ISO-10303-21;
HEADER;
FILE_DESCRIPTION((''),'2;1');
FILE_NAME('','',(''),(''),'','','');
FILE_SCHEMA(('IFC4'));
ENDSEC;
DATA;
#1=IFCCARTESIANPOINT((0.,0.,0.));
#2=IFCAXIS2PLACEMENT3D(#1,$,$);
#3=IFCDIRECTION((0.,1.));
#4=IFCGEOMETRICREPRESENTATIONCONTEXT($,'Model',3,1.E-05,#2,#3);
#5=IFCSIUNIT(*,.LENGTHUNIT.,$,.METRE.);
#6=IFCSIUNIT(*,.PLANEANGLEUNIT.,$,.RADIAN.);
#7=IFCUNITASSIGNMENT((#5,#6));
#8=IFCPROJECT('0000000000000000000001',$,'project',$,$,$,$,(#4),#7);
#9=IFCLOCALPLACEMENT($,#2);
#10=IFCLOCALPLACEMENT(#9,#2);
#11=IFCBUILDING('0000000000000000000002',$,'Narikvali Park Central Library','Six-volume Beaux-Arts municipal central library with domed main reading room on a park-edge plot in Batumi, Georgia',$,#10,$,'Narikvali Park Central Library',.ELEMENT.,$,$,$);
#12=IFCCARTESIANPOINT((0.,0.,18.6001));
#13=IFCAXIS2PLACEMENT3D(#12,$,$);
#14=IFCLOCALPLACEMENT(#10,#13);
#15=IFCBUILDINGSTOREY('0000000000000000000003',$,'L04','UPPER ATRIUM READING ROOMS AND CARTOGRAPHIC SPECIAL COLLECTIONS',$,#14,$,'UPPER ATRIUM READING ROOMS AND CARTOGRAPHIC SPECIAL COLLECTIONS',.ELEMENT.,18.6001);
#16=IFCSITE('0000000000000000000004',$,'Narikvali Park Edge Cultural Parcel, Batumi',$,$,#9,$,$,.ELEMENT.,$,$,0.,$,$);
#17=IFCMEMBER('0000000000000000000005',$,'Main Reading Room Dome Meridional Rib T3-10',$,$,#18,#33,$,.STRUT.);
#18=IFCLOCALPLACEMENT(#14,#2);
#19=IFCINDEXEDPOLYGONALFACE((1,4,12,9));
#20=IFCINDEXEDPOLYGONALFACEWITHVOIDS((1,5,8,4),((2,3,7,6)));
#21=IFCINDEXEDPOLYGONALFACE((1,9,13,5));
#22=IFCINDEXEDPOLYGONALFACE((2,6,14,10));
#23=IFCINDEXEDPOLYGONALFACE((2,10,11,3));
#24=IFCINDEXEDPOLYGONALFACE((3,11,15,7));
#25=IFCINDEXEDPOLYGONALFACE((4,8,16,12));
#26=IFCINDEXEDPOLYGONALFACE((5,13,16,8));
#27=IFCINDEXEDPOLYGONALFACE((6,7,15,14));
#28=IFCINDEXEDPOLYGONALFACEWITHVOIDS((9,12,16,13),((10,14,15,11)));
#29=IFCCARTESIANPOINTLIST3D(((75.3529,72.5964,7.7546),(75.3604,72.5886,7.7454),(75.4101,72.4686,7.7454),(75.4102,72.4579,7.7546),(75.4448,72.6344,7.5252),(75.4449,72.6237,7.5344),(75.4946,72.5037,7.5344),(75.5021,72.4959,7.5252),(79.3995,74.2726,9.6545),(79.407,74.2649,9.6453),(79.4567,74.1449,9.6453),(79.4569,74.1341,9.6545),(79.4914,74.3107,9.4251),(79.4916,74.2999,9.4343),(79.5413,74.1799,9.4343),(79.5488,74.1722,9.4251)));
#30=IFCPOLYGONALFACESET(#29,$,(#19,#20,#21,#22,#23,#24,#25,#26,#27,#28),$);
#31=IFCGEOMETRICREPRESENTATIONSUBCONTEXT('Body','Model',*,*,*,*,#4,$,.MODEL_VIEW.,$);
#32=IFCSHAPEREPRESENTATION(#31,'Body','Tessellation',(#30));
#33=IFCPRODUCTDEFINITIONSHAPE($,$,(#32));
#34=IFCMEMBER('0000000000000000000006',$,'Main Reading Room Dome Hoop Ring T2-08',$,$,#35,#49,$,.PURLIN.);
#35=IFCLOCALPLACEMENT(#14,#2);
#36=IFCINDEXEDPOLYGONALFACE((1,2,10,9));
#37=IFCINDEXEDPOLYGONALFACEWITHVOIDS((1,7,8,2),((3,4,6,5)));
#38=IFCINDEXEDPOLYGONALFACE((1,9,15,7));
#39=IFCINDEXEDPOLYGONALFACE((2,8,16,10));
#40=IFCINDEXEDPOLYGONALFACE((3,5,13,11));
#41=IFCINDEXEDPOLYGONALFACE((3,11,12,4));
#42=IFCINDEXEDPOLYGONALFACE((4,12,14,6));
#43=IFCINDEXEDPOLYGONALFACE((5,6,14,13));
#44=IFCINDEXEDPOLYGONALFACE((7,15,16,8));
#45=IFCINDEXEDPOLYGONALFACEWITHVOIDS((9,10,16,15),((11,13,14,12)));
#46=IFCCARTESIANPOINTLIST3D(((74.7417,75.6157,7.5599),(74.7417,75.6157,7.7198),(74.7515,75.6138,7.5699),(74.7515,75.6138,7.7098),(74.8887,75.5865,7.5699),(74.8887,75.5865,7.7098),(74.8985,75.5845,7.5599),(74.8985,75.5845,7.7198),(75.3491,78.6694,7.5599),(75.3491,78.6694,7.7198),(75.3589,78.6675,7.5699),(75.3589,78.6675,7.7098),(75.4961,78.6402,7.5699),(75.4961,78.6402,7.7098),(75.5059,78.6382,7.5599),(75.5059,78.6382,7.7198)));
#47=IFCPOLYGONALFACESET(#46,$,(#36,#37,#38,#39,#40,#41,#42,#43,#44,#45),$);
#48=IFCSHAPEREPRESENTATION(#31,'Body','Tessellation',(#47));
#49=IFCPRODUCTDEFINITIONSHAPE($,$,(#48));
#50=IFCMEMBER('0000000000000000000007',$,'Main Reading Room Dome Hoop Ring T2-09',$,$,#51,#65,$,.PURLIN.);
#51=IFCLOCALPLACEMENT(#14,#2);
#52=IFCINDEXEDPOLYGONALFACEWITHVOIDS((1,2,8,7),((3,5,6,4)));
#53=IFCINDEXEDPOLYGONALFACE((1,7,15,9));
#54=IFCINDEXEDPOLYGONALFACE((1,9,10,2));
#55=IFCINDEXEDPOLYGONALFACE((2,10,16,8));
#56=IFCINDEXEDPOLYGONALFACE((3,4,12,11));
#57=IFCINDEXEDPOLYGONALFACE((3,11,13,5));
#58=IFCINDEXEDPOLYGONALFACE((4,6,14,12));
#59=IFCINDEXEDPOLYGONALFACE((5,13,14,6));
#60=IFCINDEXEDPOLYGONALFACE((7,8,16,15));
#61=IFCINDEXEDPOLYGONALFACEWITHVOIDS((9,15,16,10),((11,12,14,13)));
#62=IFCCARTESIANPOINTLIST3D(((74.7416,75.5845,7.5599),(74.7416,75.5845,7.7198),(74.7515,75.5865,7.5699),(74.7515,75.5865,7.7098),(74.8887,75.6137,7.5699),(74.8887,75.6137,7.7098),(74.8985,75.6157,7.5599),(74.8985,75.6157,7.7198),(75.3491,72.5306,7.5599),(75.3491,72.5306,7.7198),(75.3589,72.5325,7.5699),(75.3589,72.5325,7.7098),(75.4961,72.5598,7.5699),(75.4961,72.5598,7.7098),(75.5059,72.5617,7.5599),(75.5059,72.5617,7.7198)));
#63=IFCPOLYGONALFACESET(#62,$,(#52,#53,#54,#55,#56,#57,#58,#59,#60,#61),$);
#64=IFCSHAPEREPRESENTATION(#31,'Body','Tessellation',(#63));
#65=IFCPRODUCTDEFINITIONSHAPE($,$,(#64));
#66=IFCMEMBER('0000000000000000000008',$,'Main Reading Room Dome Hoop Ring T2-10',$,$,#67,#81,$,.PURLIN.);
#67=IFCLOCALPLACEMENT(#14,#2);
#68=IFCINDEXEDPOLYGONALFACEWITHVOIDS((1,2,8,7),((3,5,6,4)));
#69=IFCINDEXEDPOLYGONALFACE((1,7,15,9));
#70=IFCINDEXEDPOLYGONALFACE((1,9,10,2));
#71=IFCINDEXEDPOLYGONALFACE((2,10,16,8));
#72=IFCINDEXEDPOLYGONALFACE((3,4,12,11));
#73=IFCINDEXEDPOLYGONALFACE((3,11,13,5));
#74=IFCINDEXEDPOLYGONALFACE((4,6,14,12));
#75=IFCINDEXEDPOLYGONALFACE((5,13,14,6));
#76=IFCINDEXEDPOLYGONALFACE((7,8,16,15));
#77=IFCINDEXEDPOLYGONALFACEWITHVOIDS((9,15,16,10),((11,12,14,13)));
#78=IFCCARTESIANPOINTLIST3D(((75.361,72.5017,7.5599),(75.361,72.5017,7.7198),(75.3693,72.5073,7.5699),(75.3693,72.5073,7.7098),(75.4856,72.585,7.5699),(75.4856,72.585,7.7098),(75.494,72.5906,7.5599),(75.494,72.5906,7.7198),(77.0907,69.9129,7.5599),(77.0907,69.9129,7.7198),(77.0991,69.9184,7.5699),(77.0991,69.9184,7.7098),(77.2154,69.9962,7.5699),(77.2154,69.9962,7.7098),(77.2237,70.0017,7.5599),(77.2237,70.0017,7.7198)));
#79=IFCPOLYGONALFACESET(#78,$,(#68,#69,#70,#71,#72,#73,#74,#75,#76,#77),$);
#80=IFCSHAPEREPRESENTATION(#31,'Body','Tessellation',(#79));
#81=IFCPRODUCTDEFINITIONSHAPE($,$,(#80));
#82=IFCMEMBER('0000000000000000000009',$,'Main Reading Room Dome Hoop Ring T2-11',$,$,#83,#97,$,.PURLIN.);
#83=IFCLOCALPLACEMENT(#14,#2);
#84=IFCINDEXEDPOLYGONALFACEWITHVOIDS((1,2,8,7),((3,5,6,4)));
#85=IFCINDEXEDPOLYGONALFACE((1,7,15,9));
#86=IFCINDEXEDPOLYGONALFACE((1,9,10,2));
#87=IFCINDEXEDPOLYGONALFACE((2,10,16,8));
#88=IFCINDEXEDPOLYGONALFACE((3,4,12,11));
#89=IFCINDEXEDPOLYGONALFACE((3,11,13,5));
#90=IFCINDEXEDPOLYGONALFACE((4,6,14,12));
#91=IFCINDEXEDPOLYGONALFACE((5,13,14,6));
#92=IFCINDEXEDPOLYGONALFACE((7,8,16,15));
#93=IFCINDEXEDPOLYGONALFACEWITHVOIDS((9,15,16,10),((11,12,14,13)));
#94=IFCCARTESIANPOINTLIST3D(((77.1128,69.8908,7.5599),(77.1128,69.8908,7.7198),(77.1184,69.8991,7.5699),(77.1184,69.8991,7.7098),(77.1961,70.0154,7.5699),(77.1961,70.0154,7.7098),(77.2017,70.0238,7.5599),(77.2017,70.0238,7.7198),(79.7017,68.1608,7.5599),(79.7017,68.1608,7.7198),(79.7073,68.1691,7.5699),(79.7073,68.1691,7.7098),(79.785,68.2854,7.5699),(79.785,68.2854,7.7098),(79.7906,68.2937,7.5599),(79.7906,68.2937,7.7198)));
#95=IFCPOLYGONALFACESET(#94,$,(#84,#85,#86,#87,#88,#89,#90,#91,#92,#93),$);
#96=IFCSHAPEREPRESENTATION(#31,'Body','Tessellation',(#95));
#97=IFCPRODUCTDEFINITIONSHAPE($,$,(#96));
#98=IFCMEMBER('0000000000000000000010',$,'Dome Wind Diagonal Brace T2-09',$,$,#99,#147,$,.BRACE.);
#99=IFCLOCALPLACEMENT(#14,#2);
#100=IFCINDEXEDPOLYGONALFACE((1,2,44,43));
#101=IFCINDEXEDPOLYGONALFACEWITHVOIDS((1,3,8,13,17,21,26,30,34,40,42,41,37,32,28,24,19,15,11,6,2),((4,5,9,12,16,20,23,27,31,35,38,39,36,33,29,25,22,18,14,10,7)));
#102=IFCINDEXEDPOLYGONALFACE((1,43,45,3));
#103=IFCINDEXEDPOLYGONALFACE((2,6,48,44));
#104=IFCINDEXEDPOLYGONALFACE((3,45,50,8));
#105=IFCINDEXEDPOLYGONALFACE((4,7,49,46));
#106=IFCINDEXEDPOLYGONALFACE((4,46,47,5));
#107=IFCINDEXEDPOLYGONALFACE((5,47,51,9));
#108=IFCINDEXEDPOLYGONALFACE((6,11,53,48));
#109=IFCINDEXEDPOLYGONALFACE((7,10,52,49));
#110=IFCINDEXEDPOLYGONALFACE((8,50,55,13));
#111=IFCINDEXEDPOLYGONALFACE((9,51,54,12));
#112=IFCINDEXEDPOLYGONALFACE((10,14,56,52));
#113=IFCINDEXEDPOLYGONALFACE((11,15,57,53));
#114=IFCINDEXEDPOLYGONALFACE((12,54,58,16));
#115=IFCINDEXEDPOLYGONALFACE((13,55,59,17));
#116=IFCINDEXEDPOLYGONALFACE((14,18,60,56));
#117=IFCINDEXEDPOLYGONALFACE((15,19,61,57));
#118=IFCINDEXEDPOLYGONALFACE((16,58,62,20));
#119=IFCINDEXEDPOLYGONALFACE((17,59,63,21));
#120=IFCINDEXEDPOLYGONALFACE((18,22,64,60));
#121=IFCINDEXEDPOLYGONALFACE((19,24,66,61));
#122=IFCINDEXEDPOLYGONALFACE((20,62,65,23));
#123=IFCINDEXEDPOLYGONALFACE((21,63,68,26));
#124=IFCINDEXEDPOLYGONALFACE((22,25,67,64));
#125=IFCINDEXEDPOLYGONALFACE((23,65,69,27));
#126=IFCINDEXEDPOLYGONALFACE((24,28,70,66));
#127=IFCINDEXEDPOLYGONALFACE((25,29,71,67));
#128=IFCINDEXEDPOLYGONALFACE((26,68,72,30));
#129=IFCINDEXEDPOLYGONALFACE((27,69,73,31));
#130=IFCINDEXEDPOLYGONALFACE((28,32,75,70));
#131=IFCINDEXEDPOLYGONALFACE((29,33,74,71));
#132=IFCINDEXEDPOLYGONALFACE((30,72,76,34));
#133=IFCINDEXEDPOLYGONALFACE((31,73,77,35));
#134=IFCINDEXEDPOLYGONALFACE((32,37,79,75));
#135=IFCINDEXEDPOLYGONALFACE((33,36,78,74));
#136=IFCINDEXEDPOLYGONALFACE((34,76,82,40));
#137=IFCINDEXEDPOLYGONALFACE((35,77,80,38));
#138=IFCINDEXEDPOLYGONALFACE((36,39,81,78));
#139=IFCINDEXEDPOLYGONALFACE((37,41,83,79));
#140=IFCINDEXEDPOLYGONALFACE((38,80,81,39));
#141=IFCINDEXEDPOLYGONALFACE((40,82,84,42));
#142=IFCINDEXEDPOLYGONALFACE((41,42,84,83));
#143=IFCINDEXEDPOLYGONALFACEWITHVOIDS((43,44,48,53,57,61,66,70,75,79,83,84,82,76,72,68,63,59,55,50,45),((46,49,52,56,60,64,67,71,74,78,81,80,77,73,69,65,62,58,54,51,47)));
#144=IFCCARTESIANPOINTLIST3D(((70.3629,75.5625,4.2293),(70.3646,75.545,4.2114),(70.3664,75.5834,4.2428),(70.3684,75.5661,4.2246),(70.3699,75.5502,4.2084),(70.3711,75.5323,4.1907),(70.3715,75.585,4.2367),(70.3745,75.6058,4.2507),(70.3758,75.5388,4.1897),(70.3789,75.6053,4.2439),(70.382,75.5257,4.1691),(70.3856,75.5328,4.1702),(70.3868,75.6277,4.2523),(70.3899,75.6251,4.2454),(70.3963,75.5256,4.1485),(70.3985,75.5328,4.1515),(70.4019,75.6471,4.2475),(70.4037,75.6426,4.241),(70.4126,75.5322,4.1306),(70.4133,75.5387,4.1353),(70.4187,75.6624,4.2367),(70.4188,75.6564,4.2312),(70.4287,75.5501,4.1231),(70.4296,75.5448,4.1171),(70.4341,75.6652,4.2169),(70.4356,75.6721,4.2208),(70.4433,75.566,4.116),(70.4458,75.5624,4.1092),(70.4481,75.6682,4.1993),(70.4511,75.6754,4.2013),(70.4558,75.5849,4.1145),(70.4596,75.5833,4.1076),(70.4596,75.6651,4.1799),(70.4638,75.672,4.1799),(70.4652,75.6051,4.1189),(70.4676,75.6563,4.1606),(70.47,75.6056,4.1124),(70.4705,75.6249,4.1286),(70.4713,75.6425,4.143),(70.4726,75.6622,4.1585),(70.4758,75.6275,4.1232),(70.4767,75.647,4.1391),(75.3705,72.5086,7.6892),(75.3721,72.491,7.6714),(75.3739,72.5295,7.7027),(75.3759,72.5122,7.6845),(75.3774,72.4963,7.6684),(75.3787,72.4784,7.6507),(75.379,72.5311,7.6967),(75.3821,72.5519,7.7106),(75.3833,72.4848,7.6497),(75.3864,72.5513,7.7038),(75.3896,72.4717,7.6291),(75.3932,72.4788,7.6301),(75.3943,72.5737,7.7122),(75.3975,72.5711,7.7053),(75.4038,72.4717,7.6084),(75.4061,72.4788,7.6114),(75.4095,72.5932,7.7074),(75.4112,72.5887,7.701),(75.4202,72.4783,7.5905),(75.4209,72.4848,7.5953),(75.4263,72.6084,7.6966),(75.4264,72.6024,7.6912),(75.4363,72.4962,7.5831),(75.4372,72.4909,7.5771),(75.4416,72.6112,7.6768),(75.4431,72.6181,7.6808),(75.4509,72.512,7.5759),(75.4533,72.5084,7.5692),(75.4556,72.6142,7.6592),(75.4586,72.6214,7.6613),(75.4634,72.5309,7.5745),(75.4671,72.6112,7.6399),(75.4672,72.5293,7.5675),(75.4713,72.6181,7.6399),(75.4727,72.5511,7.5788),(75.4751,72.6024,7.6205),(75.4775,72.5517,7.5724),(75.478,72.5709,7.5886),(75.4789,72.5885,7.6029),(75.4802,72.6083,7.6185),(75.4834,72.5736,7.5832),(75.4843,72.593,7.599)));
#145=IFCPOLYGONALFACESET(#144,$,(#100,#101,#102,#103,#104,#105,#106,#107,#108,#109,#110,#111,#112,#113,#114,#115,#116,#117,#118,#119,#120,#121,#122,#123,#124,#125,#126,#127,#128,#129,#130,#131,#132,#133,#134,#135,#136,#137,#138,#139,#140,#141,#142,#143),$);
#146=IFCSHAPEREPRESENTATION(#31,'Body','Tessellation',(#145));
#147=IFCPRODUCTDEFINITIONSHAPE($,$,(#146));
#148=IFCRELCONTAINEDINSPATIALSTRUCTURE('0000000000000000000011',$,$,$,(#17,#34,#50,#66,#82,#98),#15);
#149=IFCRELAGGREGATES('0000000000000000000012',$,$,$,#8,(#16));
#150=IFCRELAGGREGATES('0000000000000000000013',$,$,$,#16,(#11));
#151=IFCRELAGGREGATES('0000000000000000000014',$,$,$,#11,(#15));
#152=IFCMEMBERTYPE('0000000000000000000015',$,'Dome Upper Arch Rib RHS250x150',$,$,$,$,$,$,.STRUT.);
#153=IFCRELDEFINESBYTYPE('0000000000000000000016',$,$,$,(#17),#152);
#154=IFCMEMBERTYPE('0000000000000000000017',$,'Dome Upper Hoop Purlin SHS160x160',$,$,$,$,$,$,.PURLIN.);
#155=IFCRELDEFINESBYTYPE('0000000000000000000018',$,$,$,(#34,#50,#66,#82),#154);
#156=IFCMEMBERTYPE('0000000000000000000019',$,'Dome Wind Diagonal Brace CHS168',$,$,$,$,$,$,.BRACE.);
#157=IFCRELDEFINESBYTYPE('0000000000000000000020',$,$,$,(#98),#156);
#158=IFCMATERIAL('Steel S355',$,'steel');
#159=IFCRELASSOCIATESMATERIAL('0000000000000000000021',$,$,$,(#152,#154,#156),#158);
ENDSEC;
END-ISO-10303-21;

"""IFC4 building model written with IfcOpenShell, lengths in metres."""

from ifc_helpers import new_model, si_unit, direction, frame, origin, origin_2d, place, context, subcontext, project, spatial, hollow_rectangle, hollow_circle, extrude, material, material_profile, profile_set, type_object, element, save


model = new_model("IFC4")

# Units and contexts
model_context = context("Model", 3, precision=1e-05, world=origin(), true_north=direction((0.0, 1.0)))
body_context = subcontext(model_context, "Body", "Model", "MODEL_VIEW")
ifc_project = project(units=[si_unit("LENGTHUNIT", "METRE"), si_unit("PLANEANGLEUNIT", "RADIAN")], contexts=[model_context])

# Site, building, storey
site_placement = place(None, origin())
site = spatial("IfcSite", under=ifc_project, at=site_placement, Name="Narikvali Park Edge Cultural Parcel, Batumi", CompositionType="ELEMENT", RefElevation=0.0)
building_placement = place(site_placement, origin())
building = spatial("IfcBuilding", under=site, at=building_placement, Name="Narikvali Park Central Library", Description="Six-volume Beaux-Arts municipal central library with domed main reading room on a park-edge plot in Batumi, Georgia", LongName="Narikvali Park Central Library", CompositionType="ELEMENT")
storey_placement = place(building_placement, frame((0.0, 0.0, 18.6001)))
storey = spatial("IfcBuildingStorey", under=building, at=storey_placement, Name="L04", Description="UPPER ATRIUM READING ROOMS AND CARTOGRAPHIC SPECIAL COLLECTIONS", LongName="UPPER ATRIUM READING ROOMS AND CARTOGRAPHIC SPECIAL COLLECTIONS", CompositionType="ELEMENT", Elevation=18.6001)

# Shared definitions
ifc_material_1 = material(Name="Steel S355", Category="steel")

# Members
ifc_material_profile_1 = material_profile(ifc_material_1, hollow_rectangle(XDim=0.1499, YDim=0.25, WallThickness=0.01, at=origin_2d()), Name="RHS 250x150x10")
ifc_profile_set_1 = profile_set([ifc_material_profile_1], Name="Steel S355")
member_type_1 = type_object("IfcMemberType", Name="Dome Upper Arch Rib RHS250x150", PredefinedType="STRUT", material=ifc_profile_set_1)
member_1_placement = place(storey_placement, frame((75.4275, 72.5461, 7.6399), z_axis=(0.847572, 0.351097, 0.397937), x_axis=(-0.382703, 0.923871, 0.0)))
element("IfcMember", 1, at=member_1_placement, inside=storey, type_object=member_type_1, Name="Main Reading Room Dome Meridional Rib T3-10", PredefinedType="STRUT", context=body_context, shape_type="SweptSolid", body=[
    extrude(hollow_rectangle(XDim=0.1499, YDim=0.25, WallThickness=0.01, at=origin_2d()), origin(), (0.0, 0.0, 1.0), 4.7744),
])
ifc_material_profile_2 = material_profile(ifc_material_1, hollow_rectangle(XDim=0.1599, YDim=0.1599, WallThickness=0.01, at=origin_2d()), Name="SHS 160x160x10")
ifc_profile_set_2 = profile_set([ifc_material_profile_2], Name="Steel S355")
member_type_2 = type_object("IfcMemberType", Name="Dome Upper Hoop Purlin SHS160x160", PredefinedType="PURLIN", material=ifc_profile_set_2)
member_2_placement = place(storey_placement, frame((75.4275, 78.6538, 7.6399), z_axis=(-0.195091, -0.980785, 0.0), x_axis=(0.980785, -0.195091, 0.0)))
element("IfcMember", 2, at=member_2_placement, inside=storey, type_object=member_type_2, Name="Main Reading Room Dome Hoop Ring T2-08", PredefinedType="PURLIN", context=body_context, shape_type="SweptSolid", body=[
    extrude(hollow_rectangle(XDim=0.1599, YDim=0.1599, WallThickness=0.01, at=origin_2d()), origin(), (0.0, 0.0, 1.0), 3.1135),
])
member_3_placement = place(storey_placement, frame((74.8201, 75.6001, 7.6399), z_axis=(0.195076, -0.980788, 0.0), x_axis=(0.980788, 0.195076, 0.0)))
element("IfcMember", 3, at=member_3_placement, inside=storey, type_object=member_type_2, Name="Main Reading Room Dome Hoop Ring T2-09", PredefinedType="PURLIN", context=body_context, shape_type="SweptSolid", body=[
    extrude(hollow_rectangle(XDim=0.1599, YDim=0.1599, WallThickness=0.01, at=origin_2d()), origin(), (0.0, 0.0, 1.0), 3.1138),
])
member_4_placement = place(storey_placement, frame((75.4275, 72.5461, 7.6399), z_axis=(0.55555, -0.831483, 0.0), x_axis=(0.831483, 0.55555, 0.0)))
element("IfcMember", 4, at=member_4_placement, inside=storey, type_object=member_type_2, Name="Main Reading Room Dome Hoop Ring T2-10", PredefinedType="PURLIN", context=body_context, shape_type="SweptSolid", body=[
    extrude(hollow_rectangle(XDim=0.1599, YDim=0.1599, WallThickness=0.01, at=origin_2d()), origin(), (0.0, 0.0, 1.0), 3.1135),
])
member_5_placement = place(storey_placement, frame((77.1572, 69.9573, 7.6399), z_axis=(0.831447, -0.555605, 0.0), x_axis=(0.555605, 0.831447, 0.0)))
element("IfcMember", 5, at=member_5_placement, inside=storey, type_object=member_type_2, Name="Main Reading Room Dome Hoop Ring T2-11", PredefinedType="PURLIN", context=body_context, shape_type="SweptSolid", body=[
    extrude(hollow_rectangle(XDim=0.1599, YDim=0.1599, WallThickness=0.01, at=origin_2d()), origin(), (0.0, 0.0, 1.0), 3.1138),
])
ifc_material_profile_3 = material_profile(ifc_material_1, hollow_circle(Radius=0.0842, WallThickness=0.0081, at=origin_2d()), Name="CHS 168.3x8")
ifc_profile_set_3 = profile_set([ifc_material_profile_3], Name="Steel S355")
member_type_3 = type_object("IfcMemberType", Name="Dome Wind Diagonal Brace CHS168", PredefinedType="BRACE", material=ifc_profile_set_3)
member_6_placement = place(storey_placement, frame((70.4199, 75.6001, 4.1799), z_axis=(0.735345, -0.448463, 0.508084), x_axis=(0.520677, 0.853754, 0.0)))
element("IfcMember", 6, at=member_6_placement, inside=storey, type_object=member_type_3, Name="Dome Wind Diagonal Brace T2-09", PredefinedType="BRACE", context=body_context, shape_type="SweptSolid", body=[
    extrude(hollow_circle(Radius=0.0842, WallThickness=0.0081, at=origin_2d()), origin(), (0.0, 0.0, 1.0), 6.8098),
])

save(model, "model.ifc")
